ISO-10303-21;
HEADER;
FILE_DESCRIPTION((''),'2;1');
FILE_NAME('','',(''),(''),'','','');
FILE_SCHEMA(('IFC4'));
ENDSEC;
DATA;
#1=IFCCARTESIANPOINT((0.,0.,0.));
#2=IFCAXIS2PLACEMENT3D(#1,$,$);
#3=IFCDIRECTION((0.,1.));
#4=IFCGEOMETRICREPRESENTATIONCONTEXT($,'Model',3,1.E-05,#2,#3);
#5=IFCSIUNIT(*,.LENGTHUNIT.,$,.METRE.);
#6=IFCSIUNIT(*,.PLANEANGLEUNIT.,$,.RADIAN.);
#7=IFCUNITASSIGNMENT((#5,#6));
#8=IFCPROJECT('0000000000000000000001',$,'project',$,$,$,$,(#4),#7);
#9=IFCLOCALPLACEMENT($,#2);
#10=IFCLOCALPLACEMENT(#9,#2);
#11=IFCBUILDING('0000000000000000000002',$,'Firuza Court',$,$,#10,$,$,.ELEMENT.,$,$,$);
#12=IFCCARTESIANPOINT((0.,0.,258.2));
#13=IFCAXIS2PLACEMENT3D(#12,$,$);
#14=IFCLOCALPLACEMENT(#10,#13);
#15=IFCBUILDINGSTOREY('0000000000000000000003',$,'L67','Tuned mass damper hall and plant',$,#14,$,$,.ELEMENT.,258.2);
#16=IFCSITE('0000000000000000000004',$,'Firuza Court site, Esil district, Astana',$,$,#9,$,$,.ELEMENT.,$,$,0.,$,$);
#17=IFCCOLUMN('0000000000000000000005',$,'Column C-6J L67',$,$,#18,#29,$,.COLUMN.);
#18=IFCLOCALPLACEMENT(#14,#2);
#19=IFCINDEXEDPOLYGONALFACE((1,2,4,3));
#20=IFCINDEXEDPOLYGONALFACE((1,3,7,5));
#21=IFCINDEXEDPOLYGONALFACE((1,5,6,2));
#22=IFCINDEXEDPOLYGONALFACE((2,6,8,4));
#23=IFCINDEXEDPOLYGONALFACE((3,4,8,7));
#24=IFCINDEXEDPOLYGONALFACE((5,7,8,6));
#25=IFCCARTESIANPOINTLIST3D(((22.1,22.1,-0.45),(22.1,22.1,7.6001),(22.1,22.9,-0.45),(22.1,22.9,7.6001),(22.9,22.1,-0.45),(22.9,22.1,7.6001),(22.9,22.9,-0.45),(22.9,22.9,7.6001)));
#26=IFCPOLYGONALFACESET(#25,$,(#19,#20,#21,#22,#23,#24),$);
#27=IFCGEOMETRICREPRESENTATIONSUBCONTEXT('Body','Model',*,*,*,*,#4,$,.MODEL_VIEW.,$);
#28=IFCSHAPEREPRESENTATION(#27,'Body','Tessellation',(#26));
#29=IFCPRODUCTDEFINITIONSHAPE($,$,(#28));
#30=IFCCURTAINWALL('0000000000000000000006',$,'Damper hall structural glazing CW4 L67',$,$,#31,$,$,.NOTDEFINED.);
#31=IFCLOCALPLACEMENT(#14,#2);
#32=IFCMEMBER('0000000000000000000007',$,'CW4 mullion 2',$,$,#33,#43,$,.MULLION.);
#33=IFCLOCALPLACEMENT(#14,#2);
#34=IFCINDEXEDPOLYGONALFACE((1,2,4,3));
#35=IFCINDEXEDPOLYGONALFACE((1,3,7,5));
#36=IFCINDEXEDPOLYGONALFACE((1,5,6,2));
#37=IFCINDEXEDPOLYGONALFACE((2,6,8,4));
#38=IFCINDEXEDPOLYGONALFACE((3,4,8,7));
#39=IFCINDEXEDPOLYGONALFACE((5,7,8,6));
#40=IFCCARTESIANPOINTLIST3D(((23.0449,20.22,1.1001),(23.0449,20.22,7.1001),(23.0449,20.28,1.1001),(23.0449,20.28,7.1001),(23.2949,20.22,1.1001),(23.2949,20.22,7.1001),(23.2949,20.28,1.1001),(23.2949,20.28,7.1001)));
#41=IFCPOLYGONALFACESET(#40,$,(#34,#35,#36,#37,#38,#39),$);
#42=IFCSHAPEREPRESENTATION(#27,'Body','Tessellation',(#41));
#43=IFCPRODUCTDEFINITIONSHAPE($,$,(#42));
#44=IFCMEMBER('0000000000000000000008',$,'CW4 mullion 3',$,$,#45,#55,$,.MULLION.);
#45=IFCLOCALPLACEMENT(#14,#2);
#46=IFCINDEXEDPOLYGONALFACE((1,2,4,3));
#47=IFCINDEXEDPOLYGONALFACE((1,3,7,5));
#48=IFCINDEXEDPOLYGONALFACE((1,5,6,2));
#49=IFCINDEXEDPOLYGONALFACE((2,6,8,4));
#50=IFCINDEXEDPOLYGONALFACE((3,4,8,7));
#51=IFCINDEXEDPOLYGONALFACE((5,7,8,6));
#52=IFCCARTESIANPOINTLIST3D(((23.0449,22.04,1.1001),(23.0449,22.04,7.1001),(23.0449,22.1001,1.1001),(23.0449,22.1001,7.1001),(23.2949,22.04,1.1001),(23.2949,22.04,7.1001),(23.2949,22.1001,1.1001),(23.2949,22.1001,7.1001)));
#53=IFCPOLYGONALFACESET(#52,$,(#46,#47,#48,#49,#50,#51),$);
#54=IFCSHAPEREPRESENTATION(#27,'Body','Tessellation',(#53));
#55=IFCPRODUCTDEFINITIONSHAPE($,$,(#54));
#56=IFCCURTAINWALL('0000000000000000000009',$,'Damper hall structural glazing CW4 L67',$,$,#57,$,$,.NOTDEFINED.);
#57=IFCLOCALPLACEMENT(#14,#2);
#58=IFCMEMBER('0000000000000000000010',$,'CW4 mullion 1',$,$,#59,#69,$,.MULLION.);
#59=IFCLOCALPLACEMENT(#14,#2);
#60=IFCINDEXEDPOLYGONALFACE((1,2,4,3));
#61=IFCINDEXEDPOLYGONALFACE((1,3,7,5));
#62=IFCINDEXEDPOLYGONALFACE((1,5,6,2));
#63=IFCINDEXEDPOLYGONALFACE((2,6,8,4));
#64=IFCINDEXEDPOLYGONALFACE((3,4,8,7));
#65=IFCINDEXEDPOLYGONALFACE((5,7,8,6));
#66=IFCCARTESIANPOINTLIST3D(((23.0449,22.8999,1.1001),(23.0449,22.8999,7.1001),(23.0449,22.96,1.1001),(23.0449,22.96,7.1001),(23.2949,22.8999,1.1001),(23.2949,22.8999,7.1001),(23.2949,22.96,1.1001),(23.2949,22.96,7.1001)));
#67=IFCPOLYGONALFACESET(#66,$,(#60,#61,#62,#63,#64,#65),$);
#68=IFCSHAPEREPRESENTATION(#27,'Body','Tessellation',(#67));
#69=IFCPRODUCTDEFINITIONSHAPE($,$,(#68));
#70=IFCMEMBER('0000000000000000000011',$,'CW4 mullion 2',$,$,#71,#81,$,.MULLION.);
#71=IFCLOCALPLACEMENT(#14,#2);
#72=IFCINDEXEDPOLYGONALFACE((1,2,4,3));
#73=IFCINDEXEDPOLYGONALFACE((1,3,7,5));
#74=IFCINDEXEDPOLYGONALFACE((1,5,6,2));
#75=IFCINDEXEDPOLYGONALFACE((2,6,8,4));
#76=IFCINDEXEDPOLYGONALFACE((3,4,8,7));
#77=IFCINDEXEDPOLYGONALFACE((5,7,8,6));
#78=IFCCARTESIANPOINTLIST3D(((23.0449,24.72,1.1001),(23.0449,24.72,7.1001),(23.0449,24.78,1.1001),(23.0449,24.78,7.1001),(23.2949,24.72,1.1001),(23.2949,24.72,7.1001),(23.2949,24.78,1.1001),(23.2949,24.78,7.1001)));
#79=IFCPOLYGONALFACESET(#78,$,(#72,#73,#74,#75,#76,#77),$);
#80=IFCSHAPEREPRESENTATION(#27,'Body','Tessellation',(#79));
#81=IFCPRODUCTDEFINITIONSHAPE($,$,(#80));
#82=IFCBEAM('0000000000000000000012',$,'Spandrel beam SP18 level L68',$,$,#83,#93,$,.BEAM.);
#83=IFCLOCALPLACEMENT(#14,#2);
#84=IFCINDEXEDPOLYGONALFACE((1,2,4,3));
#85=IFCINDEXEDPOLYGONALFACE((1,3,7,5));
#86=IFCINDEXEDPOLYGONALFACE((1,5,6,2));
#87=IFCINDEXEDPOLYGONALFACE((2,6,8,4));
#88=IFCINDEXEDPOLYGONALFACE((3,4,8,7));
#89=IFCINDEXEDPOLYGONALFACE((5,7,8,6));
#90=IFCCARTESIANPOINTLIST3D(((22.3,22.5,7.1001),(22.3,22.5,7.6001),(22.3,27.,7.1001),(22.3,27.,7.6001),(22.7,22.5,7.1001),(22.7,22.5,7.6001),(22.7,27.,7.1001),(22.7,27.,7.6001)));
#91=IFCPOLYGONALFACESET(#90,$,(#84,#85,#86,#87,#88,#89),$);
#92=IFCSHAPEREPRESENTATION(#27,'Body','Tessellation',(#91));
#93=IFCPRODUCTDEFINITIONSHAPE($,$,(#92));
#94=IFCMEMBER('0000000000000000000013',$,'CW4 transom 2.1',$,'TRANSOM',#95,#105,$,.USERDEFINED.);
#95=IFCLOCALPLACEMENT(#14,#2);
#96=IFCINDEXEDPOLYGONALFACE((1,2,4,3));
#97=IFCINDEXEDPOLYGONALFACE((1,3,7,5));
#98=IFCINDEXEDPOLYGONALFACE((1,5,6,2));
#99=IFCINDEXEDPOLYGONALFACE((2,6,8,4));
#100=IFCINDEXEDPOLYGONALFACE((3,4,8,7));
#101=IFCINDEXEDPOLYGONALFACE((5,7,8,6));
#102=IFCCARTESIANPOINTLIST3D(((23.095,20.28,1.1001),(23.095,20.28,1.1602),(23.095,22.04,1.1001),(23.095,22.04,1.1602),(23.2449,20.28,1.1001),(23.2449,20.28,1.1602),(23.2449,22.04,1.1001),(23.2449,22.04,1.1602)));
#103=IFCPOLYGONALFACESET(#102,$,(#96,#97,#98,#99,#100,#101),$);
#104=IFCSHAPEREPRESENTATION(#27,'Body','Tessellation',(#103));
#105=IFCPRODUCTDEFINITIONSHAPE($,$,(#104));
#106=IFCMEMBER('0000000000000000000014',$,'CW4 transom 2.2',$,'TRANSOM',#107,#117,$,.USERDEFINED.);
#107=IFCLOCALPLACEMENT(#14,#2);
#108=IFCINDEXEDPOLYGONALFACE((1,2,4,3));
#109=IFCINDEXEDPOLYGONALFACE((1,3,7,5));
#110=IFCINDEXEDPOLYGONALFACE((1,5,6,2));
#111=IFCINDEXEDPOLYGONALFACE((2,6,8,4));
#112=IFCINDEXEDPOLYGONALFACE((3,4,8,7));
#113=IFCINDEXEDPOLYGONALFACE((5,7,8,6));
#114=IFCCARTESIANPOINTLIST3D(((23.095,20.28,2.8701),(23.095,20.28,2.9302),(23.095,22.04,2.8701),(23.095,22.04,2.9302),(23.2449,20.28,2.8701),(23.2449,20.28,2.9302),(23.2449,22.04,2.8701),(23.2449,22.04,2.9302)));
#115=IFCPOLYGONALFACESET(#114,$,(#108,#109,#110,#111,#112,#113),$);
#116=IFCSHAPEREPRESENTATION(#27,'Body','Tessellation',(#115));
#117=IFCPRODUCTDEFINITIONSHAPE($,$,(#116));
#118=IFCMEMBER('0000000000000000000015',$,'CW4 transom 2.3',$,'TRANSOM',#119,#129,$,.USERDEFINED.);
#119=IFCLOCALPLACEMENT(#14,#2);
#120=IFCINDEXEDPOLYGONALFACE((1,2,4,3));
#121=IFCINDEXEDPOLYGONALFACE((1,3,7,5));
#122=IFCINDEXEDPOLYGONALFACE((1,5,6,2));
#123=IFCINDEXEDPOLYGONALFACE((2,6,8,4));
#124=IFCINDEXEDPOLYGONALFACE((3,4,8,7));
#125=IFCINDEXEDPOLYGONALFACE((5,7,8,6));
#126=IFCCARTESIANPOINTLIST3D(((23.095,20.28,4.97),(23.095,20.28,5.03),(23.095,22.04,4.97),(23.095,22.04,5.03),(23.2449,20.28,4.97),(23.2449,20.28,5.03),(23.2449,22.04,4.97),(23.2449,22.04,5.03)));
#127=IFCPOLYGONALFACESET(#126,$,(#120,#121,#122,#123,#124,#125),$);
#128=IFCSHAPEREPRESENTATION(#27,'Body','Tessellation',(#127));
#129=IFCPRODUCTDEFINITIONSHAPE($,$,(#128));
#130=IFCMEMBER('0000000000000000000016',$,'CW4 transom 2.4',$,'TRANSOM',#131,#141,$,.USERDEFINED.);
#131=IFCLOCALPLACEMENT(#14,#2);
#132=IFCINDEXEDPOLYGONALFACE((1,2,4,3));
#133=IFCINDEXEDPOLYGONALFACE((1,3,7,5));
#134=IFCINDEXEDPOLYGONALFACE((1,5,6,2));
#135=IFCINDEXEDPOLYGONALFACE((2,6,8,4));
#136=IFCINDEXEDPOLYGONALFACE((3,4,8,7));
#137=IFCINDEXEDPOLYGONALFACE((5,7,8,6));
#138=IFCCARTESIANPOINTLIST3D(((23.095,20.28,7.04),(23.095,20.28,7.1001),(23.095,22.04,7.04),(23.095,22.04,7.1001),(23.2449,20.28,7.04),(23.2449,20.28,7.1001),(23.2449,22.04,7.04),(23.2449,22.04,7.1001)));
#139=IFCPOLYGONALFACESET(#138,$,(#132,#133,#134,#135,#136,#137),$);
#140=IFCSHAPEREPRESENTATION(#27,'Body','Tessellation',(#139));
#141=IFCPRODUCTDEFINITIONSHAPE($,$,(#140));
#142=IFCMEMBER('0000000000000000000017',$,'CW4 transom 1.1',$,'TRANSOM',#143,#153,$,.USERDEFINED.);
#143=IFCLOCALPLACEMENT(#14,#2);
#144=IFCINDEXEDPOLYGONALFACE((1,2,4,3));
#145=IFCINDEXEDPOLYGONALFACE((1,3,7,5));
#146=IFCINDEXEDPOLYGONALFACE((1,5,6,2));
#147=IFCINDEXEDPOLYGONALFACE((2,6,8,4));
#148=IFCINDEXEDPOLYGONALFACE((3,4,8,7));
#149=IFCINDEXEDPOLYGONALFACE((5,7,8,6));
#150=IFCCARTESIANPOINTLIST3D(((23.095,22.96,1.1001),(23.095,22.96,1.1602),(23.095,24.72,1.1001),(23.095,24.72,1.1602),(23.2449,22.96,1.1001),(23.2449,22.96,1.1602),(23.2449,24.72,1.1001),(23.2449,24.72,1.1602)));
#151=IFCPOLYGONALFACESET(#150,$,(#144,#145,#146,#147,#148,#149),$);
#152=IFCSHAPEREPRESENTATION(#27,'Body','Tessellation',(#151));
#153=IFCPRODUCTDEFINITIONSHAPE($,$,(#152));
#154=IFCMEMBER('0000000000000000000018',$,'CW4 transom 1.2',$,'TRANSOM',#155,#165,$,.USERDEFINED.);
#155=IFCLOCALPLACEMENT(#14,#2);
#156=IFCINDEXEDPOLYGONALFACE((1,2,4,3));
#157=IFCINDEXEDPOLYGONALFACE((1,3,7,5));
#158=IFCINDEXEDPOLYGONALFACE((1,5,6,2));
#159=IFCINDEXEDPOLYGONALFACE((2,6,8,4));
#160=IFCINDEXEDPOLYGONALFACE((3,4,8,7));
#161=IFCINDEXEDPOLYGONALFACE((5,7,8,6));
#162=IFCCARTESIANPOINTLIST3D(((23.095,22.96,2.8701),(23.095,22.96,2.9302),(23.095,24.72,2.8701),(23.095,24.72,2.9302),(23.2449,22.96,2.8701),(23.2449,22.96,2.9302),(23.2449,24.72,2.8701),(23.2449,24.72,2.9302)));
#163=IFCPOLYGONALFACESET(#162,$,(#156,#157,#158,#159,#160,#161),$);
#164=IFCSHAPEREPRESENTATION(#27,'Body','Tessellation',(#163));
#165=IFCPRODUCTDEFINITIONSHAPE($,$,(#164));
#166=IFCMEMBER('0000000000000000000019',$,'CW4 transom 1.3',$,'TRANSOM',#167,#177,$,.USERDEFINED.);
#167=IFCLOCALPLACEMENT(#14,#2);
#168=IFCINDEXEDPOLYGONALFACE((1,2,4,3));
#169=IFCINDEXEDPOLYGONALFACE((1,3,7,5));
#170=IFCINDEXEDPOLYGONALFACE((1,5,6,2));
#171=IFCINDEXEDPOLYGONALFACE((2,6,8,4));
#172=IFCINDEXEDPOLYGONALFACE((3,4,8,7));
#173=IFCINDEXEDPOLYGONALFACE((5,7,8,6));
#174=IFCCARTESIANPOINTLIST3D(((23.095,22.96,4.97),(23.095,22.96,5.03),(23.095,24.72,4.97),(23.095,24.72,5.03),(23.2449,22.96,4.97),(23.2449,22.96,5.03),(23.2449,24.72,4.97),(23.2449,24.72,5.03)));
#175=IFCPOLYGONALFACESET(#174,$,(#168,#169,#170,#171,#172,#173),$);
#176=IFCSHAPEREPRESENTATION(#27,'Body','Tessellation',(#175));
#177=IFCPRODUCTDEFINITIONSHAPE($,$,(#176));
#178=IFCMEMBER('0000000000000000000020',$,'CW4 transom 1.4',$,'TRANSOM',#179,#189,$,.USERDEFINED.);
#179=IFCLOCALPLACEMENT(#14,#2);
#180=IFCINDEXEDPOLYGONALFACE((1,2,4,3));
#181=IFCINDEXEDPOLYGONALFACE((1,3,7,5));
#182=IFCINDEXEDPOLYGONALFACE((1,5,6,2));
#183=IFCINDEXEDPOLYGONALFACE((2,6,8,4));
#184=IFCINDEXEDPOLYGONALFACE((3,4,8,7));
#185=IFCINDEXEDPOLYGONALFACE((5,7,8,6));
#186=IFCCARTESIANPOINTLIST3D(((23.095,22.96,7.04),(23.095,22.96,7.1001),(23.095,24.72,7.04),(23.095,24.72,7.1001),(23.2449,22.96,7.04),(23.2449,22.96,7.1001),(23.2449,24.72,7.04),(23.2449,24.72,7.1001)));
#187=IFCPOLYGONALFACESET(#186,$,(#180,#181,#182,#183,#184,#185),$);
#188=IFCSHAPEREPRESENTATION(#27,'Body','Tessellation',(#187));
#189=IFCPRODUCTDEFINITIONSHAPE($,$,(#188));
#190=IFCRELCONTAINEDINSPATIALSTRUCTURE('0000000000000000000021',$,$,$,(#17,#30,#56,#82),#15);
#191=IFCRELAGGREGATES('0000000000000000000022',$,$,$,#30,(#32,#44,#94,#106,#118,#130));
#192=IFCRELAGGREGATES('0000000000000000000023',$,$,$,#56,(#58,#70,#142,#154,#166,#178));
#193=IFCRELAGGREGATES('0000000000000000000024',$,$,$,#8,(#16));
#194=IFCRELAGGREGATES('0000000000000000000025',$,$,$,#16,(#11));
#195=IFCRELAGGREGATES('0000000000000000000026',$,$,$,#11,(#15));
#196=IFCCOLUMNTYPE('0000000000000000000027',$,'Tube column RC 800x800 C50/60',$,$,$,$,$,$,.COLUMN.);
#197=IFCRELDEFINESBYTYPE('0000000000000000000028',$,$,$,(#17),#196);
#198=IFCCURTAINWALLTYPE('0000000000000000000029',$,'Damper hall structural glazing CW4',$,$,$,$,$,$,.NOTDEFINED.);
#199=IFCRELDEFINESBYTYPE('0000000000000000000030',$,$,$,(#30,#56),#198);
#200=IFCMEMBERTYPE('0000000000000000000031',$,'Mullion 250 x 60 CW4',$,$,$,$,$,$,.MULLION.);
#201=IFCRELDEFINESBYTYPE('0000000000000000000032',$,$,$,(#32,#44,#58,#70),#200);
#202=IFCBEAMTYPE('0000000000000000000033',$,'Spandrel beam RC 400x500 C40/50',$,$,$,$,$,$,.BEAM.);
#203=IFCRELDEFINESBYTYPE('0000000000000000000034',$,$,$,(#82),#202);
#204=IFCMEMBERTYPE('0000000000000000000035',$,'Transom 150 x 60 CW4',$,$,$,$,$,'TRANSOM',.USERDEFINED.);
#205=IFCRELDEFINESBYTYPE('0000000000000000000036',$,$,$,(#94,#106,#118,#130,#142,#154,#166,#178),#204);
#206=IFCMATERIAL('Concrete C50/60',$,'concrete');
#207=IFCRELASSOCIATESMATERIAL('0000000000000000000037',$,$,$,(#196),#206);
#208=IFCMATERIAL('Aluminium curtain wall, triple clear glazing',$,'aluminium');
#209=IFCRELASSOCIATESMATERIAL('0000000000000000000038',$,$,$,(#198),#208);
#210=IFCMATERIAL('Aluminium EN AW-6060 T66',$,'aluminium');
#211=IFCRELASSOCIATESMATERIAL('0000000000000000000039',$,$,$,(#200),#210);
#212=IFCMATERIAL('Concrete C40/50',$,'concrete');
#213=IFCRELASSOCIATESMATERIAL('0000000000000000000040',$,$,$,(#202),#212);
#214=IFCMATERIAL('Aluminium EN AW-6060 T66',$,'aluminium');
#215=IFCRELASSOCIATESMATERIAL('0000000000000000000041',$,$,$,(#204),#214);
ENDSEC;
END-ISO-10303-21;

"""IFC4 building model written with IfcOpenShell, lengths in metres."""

from ifc_helpers import new_model, si_unit, direction, frame, origin, origin_2d, place, context, subcontext, project, spatial, rectangle, extrude, material, material_profile, profile_set, type_object, element, aggregate, save


model = new_model("IFC4")

# Units and contexts
model_context = context("Model", 3, precision=1e-05, world=origin(), true_north=direction((0.0, 1.0)))
body_context = subcontext(model_context, "Body", "Model", "MODEL_VIEW")
ifc_project = project(units=[si_unit("LENGTHUNIT", "METRE"), si_unit("PLANEANGLEUNIT", "RADIAN")], contexts=[model_context])

# Site, building, storey
site_placement = place(None, origin())
site = spatial("IfcSite", under=ifc_project, at=site_placement, Name="Firuza Court site, Esil district, Astana", CompositionType="ELEMENT", RefElevation=0.0)
building_placement = place(site_placement, origin())
building = spatial("IfcBuilding", under=site, at=building_placement, Name="Firuza Court", CompositionType="ELEMENT")
storey_placement = place(building_placement, frame((0.0, 0.0, 258.2)))
storey = spatial("IfcBuildingStorey", under=building, at=storey_placement, Name="L67", Description="Tuned mass damper hall and plant", CompositionType="ELEMENT", Elevation=258.2)

# Column
ifc_material_1 = material(Name="Concrete C50/60", Category="concrete")
ifc_material_profile_1 = material_profile(ifc_material_1, rectangle(XDim=0.8, YDim=0.8, at=origin_2d()), Name="RC 800x800")
ifc_profile_set_1 = profile_set([ifc_material_profile_1], Name="Concrete C50/60")
column_type = type_object("IfcColumnType", Name="Tube column RC 800x800 C50/60", PredefinedType="COLUMN", material=ifc_profile_set_1)
column_placement = place(storey_placement, frame((22.5, 22.5, -0.45), z_axis=(0.0, 0.0, 1.0), x_axis=(1.0, 0.0, 0.0)))
element("IfcColumn", 1, at=column_placement, inside=storey, type_object=column_type, Name="Column C-6J L67", PredefinedType="COLUMN", context=body_context, shape_type="SweptSolid", body=[
    extrude(rectangle(XDim=0.8, YDim=0.8, at=origin_2d()), origin(), (0.0, 0.0, 1.0), 8.05),
])

# Curtain walls, members
ifc_material_2 = material(Name="Aluminium curtain wall, triple clear glazing", Category="aluminium")
curtain_wall_type = type_object("IfcCurtainWallType", Name="Damper hall structural glazing CW4", PredefinedType="NOTDEFINED", material=ifc_material_2)
curtain_wall_1_placement = place(storey_placement, origin())
curtain_wall_1 = element("IfcCurtainWall", 2, at=curtain_wall_1_placement, inside=storey, type_object=curtain_wall_type, Name="Damper hall structural glazing CW4 L67", PredefinedType="NOTDEFINED")
ifc_material_3 = material(Name="Aluminium EN AW-6060 T66", Category="aluminium")
ifc_material_profile_2 = material_profile(ifc_material_3, rectangle(XDim=0.25, YDim=0.0601, at=origin_2d()), Name="Mullion 250 x 60 CW4")
ifc_profile_set_2 = profile_set([ifc_material_profile_2], Name="Aluminium EN AW-6060 T66")
member_type_1 = type_object("IfcMemberType", Name="Mullion 250 x 60 CW4", PredefinedType="MULLION", material=ifc_profile_set_2)
member_1_placement = place(storey_placement, frame((23.1699, 20.25, 1.1001), z_axis=(0.0, 0.0, 1.0), x_axis=(-1.0, 0.0, 0.0)))
member_1 = element("IfcMember", 3, at=member_1_placement, type_object=member_type_1, Name="CW4 mullion 2", PredefinedType="MULLION", context=body_context, shape_type="SweptSolid", body=[
    extrude(rectangle(XDim=0.25, YDim=0.0601, at=origin_2d()), origin(), (0.0, 0.0, 1.0), 6.0),
])
member_2_placement = place(storey_placement, frame((23.1699, 22.0701, 1.1001), z_axis=(0.0, 0.0, 1.0), x_axis=(-1.0, 0.0, 0.0)))
member_2 = element("IfcMember", 4, at=member_2_placement, type_object=member_type_1, Name="CW4 mullion 3", PredefinedType="MULLION", context=body_context, shape_type="SweptSolid", body=[
    extrude(rectangle(XDim=0.25, YDim=0.0601, at=origin_2d()), origin(), (0.0, 0.0, 1.0), 6.0),
])
curtain_wall_2_placement = place(storey_placement, origin())
curtain_wall_2 = element("IfcCurtainWall", 5, at=curtain_wall_2_placement, inside=storey, type_object=curtain_wall_type, Name="Damper hall structural glazing CW4 L67", PredefinedType="NOTDEFINED")
member_3_placement = place(storey_placement, frame((23.1699, 22.9299, 1.1001), z_axis=(0.0, 0.0, 1.0), x_axis=(-1.0, 0.0, 0.0)))
member_3 = element("IfcMember", 6, at=member_3_placement, type_object=member_type_1, Name="CW4 mullion 1", PredefinedType="MULLION", context=body_context, shape_type="SweptSolid", body=[
    extrude(rectangle(XDim=0.25, YDim=0.0601, at=origin_2d()), origin(), (0.0, 0.0, 1.0), 6.0),
])
member_4_placement = place(storey_placement, frame((23.1699, 24.75, 1.1001), z_axis=(0.0, 0.0, 1.0), x_axis=(-1.0, 0.0, 0.0)))
member_4 = element("IfcMember", 7, at=member_4_placement, type_object=member_type_1, Name="CW4 mullion 2", PredefinedType="MULLION", context=body_context, shape_type="SweptSolid", body=[
    extrude(rectangle(XDim=0.25, YDim=0.0601, at=origin_2d()), origin(), (0.0, 0.0, 1.0), 6.0),
])

# Beam
ifc_material_4 = material(Name="Concrete C40/50", Category="concrete")
ifc_material_profile_3 = material_profile(ifc_material_4, rectangle(XDim=0.3999, YDim=0.5, at=origin_2d()), Name="RC 400x500")
ifc_profile_set_3 = profile_set([ifc_material_profile_3], Name="Concrete C40/50")
beam_type = type_object("IfcBeamType", Name="Spandrel beam RC 400x500 C40/50", PredefinedType="BEAM", material=ifc_profile_set_3)
beam_placement = place(storey_placement, frame((22.5, 22.5, 7.3501), z_axis=(0.0, 1.0, 0.0), x_axis=(-1.0, 0.0, 0.0)))
element("IfcBeam", 8, at=beam_placement, inside=storey, type_object=beam_type, Name="Spandrel beam SP18 level L68", PredefinedType="BEAM", context=body_context, shape_type="SweptSolid", body=[
    extrude(rectangle(XDim=0.3999, YDim=0.5, at=origin_2d()), origin(), (0.0, 0.0, 1.0), 4.5),
])

# Members
ifc_material_5 = material(Name="Aluminium EN AW-6060 T66", Category="aluminium")
ifc_material_profile_4 = material_profile(ifc_material_5, rectangle(XDim=0.1499, YDim=0.0601, at=origin_2d()), Name="Transom 150 x 60 CW4")
ifc_profile_set_4 = profile_set([ifc_material_profile_4], Name="Aluminium EN AW-6060 T66")
member_type_2 = type_object("IfcMemberType", Name="Transom 150 x 60 CW4", ElementType="TRANSOM", PredefinedType="USERDEFINED", material=ifc_profile_set_4)
member_5_placement = place(storey_placement, frame((23.1699, 20.28, 1.1301), z_axis=(0.0, 1.0, 0.0), x_axis=(-1.0, 0.0, 0.0)))
member_5 = element("IfcMember", 9, at=member_5_placement, type_object=member_type_2, Name="CW4 transom 2.1", ObjectType="TRANSOM", PredefinedType="USERDEFINED", context=body_context, shape_type="SweptSolid", body=[
    extrude(rectangle(XDim=0.1499, YDim=0.0601, at=origin_2d()), origin(), (0.0, 0.0, 1.0), 1.76),
])
member_6_placement = place(storey_placement, frame((23.1699, 20.28, 2.9001), z_axis=(0.0, 1.0, 0.0), x_axis=(-1.0, 0.0, 0.0)))
member_6 = element("IfcMember", 10, at=member_6_placement, type_object=member_type_2, Name="CW4 transom 2.2", ObjectType="TRANSOM", PredefinedType="USERDEFINED", context=body_context, shape_type="SweptSolid", body=[
    extrude(rectangle(XDim=0.1499, YDim=0.0601, at=origin_2d()), origin(), (0.0, 0.0, 1.0), 1.76),
])
member_7_placement = place(storey_placement, frame((23.1699, 20.28, 5.0), z_axis=(0.0, 1.0, 0.0), x_axis=(-1.0, 0.0, 0.0)))
member_7 = element("IfcMember", 11, at=member_7_placement, type_object=member_type_2, Name="CW4 transom 2.3", ObjectType="TRANSOM", PredefinedType="USERDEFINED", context=body_context, shape_type="SweptSolid", body=[
    extrude(rectangle(XDim=0.1499, YDim=0.0601, at=origin_2d()), origin(), (0.0, 0.0, 1.0), 1.76),
])
member_8_placement = place(storey_placement, frame((23.1699, 20.28, 7.0701), z_axis=(0.0, 1.0, 0.0), x_axis=(-1.0, 0.0, 0.0)))
member_8 = element("IfcMember", 12, at=member_8_placement, type_object=member_type_2, Name="CW4 transom 2.4", ObjectType="TRANSOM", PredefinedType="USERDEFINED", context=body_context, shape_type="SweptSolid", body=[
    extrude(rectangle(XDim=0.1499, YDim=0.0601, at=origin_2d()), origin(), (0.0, 0.0, 1.0), 1.76),
])
member_9_placement = place(storey_placement, frame((23.1699, 22.96, 1.1301), z_axis=(0.0, 1.0, 0.0), x_axis=(-1.0, 0.0, 0.0)))
member_9 = element("IfcMember", 13, at=member_9_placement, type_object=member_type_2, Name="CW4 transom 1.1", ObjectType="TRANSOM", PredefinedType="USERDEFINED", context=body_context, shape_type="SweptSolid", body=[
    extrude(rectangle(XDim=0.1499, YDim=0.0601, at=origin_2d()), origin(), (0.0, 0.0, 1.0), 1.76),
])
member_10_placement = place(storey_placement, frame((23.1699, 22.96, 2.9001), z_axis=(0.0, 1.0, 0.0), x_axis=(-1.0, 0.0, 0.0)))
member_10 = element("IfcMember", 14, at=member_10_placement, type_object=member_type_2, Name="CW4 transom 1.2", ObjectType="TRANSOM", PredefinedType="USERDEFINED", context=body_context, shape_type="SweptSolid", body=[
    extrude(rectangle(XDim=0.1499, YDim=0.0601, at=origin_2d()), origin(), (0.0, 0.0, 1.0), 1.76),
])
member_11_placement = place(storey_placement, frame((23.1699, 22.96, 5.0), z_axis=(0.0, 1.0, 0.0), x_axis=(-1.0, 0.0, 0.0)))
member_11 = element("IfcMember", 15, at=member_11_placement, type_object=member_type_2, Name="CW4 transom 1.3", ObjectType="TRANSOM", PredefinedType="USERDEFINED", context=body_context, shape_type="SweptSolid", body=[
    extrude(rectangle(XDim=0.1499, YDim=0.0601, at=origin_2d()), origin(), (0.0, 0.0, 1.0), 1.76),
])
member_12_placement = place(storey_placement, frame((23.1699, 22.96, 7.0701), z_axis=(0.0, 1.0, 0.0), x_axis=(-1.0, 0.0, 0.0)))
member_12 = element("IfcMember", 16, at=member_12_placement, type_object=member_type_2, Name="CW4 transom 1.4", ObjectType="TRANSOM", PredefinedType="USERDEFINED", context=body_context, shape_type="SweptSolid", body=[
    extrude(rectangle(XDim=0.1499, YDim=0.0601, at=origin_2d()), origin(), (0.0, 0.0, 1.0), 1.76),
])

aggregate(curtain_wall_1, [member_1, member_2, member_5, member_6, member_7, member_8])
aggregate(curtain_wall_2, [member_3, member_4, member_9, member_10, member_11, member_12])

save(model, "model.ifc")
